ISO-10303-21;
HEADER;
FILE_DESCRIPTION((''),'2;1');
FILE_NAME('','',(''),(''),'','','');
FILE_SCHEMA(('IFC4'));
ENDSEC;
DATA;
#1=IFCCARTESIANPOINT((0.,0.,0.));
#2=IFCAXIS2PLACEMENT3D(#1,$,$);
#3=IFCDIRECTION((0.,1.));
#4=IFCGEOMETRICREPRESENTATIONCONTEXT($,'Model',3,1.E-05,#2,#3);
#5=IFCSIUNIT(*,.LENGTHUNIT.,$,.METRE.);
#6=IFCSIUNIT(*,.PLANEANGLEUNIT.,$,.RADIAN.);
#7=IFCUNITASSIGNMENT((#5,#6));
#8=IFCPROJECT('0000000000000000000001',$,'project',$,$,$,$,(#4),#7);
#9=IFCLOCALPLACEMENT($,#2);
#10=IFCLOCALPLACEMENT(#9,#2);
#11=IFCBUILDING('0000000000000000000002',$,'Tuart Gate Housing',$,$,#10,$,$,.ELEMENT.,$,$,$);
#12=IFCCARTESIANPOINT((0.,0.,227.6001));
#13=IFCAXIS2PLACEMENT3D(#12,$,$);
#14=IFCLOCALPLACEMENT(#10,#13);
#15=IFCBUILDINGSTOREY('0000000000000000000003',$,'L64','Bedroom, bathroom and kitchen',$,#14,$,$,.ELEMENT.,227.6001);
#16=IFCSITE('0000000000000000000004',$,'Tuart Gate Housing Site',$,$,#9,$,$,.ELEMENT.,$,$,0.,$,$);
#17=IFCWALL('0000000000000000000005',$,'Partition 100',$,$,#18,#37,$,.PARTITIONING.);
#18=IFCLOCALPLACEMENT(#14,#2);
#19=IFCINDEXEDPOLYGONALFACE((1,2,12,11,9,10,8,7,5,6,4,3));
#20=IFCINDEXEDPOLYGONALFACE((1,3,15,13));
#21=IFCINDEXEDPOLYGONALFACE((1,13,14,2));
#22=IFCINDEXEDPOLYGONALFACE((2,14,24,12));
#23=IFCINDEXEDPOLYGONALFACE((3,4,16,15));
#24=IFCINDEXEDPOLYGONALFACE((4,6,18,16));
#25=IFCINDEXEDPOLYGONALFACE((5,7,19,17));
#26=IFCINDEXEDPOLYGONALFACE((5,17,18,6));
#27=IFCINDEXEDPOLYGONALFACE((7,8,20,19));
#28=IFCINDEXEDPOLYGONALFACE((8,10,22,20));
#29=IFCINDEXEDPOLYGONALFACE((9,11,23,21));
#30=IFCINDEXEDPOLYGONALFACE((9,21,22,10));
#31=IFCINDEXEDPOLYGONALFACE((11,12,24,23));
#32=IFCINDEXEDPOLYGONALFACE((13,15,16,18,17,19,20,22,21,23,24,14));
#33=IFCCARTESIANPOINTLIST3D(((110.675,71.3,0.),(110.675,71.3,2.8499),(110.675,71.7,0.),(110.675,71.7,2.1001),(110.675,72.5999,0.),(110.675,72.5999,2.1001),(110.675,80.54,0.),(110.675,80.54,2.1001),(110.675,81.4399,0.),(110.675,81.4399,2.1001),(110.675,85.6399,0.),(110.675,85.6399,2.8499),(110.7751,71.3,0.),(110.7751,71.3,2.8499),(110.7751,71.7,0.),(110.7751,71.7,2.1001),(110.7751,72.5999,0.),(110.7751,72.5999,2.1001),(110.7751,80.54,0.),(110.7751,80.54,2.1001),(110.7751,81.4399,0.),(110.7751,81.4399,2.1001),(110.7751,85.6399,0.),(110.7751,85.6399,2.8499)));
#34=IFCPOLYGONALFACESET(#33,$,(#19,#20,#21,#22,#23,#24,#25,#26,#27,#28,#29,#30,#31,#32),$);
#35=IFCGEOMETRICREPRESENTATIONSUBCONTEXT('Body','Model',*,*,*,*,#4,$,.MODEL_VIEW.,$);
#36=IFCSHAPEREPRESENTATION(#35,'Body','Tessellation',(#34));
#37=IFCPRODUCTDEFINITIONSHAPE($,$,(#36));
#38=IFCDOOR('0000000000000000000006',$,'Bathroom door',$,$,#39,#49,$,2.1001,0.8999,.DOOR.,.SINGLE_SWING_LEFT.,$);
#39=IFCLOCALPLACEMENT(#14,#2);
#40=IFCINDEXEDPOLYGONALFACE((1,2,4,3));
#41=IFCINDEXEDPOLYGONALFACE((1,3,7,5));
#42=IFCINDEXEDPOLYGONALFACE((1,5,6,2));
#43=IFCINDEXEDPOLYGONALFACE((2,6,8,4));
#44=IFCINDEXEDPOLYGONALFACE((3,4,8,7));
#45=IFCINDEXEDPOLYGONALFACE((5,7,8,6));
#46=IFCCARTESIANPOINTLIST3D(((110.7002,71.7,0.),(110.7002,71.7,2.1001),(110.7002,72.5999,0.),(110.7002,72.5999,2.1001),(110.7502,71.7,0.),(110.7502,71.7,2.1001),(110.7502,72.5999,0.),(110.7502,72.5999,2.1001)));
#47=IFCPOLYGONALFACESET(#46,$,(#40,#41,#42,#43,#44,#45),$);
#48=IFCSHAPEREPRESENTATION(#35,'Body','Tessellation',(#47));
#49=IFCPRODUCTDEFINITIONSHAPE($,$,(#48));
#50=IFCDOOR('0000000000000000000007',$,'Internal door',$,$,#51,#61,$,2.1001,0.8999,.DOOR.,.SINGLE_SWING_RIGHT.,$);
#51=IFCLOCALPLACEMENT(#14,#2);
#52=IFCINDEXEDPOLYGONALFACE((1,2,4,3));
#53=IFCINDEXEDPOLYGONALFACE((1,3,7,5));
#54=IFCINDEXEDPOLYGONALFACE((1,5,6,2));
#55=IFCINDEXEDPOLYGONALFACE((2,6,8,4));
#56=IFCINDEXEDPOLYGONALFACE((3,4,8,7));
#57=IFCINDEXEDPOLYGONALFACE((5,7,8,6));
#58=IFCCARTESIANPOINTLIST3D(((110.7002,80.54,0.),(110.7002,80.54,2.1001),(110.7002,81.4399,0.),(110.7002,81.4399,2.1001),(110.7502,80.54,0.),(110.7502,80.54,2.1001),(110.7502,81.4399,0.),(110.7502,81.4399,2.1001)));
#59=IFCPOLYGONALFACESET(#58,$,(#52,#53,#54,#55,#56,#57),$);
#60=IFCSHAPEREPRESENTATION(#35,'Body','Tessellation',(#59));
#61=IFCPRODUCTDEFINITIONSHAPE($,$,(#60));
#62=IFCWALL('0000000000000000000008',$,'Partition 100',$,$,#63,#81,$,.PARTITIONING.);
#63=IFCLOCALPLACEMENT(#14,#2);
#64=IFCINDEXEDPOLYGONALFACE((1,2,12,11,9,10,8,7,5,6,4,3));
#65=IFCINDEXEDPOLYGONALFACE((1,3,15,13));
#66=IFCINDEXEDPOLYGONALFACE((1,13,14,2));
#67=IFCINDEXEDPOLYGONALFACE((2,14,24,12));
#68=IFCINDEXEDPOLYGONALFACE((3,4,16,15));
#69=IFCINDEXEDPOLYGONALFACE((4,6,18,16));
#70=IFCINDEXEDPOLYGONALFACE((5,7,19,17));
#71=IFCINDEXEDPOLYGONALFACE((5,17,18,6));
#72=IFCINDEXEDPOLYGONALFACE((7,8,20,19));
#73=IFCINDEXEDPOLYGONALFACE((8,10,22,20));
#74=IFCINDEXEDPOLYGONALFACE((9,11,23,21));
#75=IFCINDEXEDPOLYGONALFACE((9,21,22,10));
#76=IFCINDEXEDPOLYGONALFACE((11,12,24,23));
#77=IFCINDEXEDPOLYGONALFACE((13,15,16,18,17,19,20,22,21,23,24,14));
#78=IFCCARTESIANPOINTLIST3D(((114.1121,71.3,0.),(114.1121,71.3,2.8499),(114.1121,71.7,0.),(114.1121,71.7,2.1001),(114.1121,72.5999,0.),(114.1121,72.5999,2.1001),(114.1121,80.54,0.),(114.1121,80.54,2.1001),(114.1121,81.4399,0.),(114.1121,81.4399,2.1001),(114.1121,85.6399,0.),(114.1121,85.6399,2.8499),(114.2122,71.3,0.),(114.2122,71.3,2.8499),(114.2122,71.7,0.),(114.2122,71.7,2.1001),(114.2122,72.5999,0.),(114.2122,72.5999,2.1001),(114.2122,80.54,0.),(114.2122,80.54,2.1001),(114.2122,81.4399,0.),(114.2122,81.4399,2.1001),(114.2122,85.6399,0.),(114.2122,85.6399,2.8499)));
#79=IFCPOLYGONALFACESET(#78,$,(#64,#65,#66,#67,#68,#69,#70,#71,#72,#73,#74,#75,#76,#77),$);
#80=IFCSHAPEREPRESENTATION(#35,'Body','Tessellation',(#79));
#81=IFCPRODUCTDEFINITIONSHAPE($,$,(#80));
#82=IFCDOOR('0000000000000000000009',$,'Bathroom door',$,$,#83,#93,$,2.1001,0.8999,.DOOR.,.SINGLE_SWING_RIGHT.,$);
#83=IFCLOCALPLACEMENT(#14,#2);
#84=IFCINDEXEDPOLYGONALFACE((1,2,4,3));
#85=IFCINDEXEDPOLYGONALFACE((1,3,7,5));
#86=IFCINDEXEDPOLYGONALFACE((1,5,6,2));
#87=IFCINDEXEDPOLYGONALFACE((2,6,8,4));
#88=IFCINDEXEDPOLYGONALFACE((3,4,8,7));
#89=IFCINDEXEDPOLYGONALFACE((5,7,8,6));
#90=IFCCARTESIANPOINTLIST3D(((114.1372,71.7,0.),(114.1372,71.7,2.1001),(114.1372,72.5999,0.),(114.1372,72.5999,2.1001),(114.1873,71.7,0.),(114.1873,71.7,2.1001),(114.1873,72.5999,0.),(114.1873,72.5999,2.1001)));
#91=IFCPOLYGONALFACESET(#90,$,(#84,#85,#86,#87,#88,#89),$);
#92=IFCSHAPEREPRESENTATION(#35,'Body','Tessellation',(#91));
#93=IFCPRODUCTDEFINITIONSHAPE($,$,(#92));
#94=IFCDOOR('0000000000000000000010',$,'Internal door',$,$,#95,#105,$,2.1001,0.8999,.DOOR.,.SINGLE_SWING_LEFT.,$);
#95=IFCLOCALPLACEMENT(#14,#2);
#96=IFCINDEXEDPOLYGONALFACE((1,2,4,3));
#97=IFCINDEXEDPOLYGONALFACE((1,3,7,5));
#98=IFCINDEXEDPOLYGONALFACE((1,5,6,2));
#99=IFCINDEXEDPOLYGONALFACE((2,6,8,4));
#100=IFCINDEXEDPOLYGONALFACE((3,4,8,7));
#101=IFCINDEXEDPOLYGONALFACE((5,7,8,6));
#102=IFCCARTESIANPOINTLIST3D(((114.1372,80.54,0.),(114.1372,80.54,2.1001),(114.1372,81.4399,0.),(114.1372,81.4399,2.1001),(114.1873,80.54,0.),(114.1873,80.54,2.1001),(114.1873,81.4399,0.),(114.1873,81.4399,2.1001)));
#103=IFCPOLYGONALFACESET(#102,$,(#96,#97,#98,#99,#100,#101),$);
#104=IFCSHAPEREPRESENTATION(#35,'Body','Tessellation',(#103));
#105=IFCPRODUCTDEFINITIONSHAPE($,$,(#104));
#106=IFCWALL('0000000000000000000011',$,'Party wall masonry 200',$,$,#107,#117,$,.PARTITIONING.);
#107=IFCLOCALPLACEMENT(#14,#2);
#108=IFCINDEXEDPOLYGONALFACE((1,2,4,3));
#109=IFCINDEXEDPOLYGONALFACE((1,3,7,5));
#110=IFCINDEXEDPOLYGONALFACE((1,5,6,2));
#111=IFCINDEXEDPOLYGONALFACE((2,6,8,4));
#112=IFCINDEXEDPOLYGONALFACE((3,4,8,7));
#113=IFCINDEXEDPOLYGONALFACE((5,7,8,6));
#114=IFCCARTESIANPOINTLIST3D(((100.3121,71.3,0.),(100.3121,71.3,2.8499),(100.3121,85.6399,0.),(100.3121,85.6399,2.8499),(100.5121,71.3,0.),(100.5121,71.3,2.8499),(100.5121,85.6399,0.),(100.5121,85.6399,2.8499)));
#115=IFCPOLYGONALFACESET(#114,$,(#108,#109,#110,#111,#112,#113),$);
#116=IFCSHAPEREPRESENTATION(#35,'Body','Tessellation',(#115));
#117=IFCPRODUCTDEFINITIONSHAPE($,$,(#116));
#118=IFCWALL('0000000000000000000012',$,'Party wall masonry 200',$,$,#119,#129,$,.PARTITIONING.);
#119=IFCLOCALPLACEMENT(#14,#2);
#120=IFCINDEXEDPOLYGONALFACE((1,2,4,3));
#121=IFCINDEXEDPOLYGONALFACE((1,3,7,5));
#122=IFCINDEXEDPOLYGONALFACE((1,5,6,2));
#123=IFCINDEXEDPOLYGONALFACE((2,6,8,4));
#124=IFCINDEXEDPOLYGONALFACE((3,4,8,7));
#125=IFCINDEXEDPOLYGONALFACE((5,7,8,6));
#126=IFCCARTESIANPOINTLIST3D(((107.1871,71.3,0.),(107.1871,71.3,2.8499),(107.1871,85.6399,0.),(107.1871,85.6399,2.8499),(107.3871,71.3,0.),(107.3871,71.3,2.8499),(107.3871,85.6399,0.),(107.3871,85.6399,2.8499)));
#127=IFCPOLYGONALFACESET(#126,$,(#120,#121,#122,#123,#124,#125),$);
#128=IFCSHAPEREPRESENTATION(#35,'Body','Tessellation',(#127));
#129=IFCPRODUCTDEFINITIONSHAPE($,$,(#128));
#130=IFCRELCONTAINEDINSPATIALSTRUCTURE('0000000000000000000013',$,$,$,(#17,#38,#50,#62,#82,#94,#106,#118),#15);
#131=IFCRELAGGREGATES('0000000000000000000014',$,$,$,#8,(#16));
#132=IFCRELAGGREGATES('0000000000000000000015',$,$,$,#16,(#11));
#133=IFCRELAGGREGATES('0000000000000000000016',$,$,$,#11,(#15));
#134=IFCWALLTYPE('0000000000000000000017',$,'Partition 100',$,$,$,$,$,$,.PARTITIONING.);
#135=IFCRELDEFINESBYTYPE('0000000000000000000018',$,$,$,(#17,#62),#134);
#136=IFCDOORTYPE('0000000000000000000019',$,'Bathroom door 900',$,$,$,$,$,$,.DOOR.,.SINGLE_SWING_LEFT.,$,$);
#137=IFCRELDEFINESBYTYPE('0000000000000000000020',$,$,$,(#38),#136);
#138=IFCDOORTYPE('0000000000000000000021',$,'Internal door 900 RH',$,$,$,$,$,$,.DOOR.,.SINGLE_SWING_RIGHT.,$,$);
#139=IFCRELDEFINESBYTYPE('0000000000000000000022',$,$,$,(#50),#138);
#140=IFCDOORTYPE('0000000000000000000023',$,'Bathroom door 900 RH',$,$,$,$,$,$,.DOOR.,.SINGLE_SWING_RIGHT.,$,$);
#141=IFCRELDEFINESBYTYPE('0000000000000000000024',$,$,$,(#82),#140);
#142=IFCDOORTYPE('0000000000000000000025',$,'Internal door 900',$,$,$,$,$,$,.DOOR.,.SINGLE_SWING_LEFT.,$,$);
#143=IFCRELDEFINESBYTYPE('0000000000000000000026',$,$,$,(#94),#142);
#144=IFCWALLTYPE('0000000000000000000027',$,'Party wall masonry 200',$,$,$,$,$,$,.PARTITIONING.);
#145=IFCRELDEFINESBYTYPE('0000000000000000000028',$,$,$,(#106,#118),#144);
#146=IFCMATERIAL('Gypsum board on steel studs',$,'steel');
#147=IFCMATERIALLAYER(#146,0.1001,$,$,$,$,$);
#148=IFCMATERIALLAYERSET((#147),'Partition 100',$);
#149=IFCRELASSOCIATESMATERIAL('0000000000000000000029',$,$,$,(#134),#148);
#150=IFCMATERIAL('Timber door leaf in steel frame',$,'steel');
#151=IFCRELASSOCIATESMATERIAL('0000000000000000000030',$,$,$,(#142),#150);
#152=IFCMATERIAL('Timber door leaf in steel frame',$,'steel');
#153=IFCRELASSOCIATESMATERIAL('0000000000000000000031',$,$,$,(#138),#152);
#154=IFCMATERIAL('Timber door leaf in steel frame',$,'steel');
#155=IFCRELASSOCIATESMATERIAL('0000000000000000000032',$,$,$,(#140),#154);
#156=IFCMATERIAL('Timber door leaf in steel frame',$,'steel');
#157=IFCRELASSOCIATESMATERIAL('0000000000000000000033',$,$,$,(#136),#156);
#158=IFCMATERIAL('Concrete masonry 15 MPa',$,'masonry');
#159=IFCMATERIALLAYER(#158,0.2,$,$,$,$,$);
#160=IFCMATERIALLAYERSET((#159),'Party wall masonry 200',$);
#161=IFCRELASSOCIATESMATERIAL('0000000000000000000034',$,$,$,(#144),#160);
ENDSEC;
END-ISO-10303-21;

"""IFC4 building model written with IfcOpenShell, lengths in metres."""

from ifc_helpers import new_model, si_unit, direction, frame, frame_2d, origin, place, context, subcontext, project, spatial, rectangle, extrude, material, layer, layer_set, type_object, element, fill, save


model = new_model("IFC4")

# Units and contexts
model_context = context("Model", 3, precision=1e-05, world=origin(), true_north=direction((0.0, 1.0)))
body_context = subcontext(model_context, "Body", "Model", "MODEL_VIEW")
ifc_project = project(units=[si_unit("LENGTHUNIT", "METRE"), si_unit("PLANEANGLEUNIT", "RADIAN")], contexts=[model_context])

# Site, building, storey
site_placement = place(None, origin())
site = spatial("IfcSite", under=ifc_project, at=site_placement, Name="Tuart Gate Housing Site", CompositionType="ELEMENT", RefElevation=0.0)
building_placement = place(site_placement, origin())
building = spatial("IfcBuilding", under=site, at=building_placement, Name="Tuart Gate Housing", CompositionType="ELEMENT")
storey_placement = place(building_placement, frame((0.0, 0.0, 227.6001)))
storey = spatial("IfcBuildingStorey", under=building, at=storey_placement, Name="L64", Description="Bedroom, bathroom and kitchen", CompositionType="ELEMENT", Elevation=227.6001)

# Shared definitions
ifc_material_1 = material(Name="Gypsum board on steel studs", Category="steel")
ifc_layer_1 = layer(ifc_material_1, 0.1001)
ifc_layer_set_1 = layer_set([ifc_layer_1], Name="Partition 100")
wall_type_1 = type_object("IfcWallType", Name="Partition 100", PredefinedType="PARTITIONING", material=ifc_layer_set_1)

# Shared definitions
ifc_material_2 = material(Name="Timber door leaf in steel frame", Category="steel")
door_type_1 = type_object("IfcDoorType", Name="Internal door 900", OperationType="SINGLE_SWING_LEFT", PredefinedType="DOOR", material=ifc_material_2)
ifc_material_3 = material(Name="Timber door leaf in steel frame", Category="steel")
door_type_2 = type_object("IfcDoorType", Name="Internal door 900 RH", OperationType="SINGLE_SWING_RIGHT", PredefinedType="DOOR", material=ifc_material_3)

# Walls, openings, doors
ifc_material_4 = material(Name="Timber door leaf in steel frame", Category="steel")
door_type_3 = type_object("IfcDoorType", Name="Bathroom door 900 RH", OperationType="SINGLE_SWING_RIGHT", PredefinedType="DOOR", material=ifc_material_4)
wall_1_placement = place(storey_placement, frame((110.7251, 71.3, 0.0), z_axis=(0.0, 0.0, 1.0), x_axis=(0.0, 1.0, 0.0)))
wall_1 = element("IfcWall", 1, at=wall_1_placement, inside=storey, type_object=wall_type_1, Name="Partition 100", PredefinedType="PARTITIONING", context=body_context, shape_type="SweptSolid", body=[
    extrude(rectangle(XDim=14.3398, YDim=0.1001, at=frame_2d((7.1699, 0.0))), origin(), (0.0, 0.0, 1.0), 2.8499),
])
opening_1_placement = place(wall_1_placement, frame((9.24, 0.0, 0.0)))
opening_1 = element("IfcOpeningElement", 2, at=opening_1_placement, cuts=wall_1, PredefinedType="OPENING", context=body_context, shape_type="SweptSolid", body=[
    extrude(rectangle(XDim=0.8999, YDim=2.1001, at=frame_2d((0.45, 1.05))), frame((0.0, 0.0601, 0.0), z_axis=(0.0, -1.0, 0.0), x_axis=(1.0, 0.0, 0.0)), (0.0, 0.0, 1.0), 0.1201),
])
opening_2_placement = place(wall_1_placement, frame((0.3999, 0.0, 0.0)))
opening_2 = element("IfcOpeningElement", 3, at=opening_2_placement, cuts=wall_1, PredefinedType="OPENING", context=body_context, shape_type="SweptSolid", body=[
    extrude(rectangle(XDim=0.8999, YDim=2.1001, at=frame_2d((0.45, 1.05))), frame((0.0, 0.0601, 0.0), z_axis=(0.0, -1.0, 0.0), x_axis=(1.0, 0.0, 0.0)), (0.0, 0.0, 1.0), 0.1201),
])
ifc_material_5 = material(Name="Timber door leaf in steel frame", Category="steel")
door_type_4 = type_object("IfcDoorType", Name="Bathroom door 900", OperationType="SINGLE_SWING_LEFT", PredefinedType="DOOR", material=ifc_material_5)
door_1_placement = place(opening_2_placement, origin())
door_1 = element("IfcDoor", 4, at=door_1_placement, inside=storey, type_object=door_type_4, Name="Bathroom door", OperationType="SINGLE_SWING_LEFT", OverallHeight=2.1001, OverallWidth=0.8999, PredefinedType="DOOR", context=body_context, shape_type="SweptSolid", body=[
    extrude(rectangle(XDim=0.8999, YDim=2.1001, at=frame_2d((0.45, 1.05))), frame((0.0, 0.0249, 0.0), z_axis=(0.0, -1.0, 0.0), x_axis=(1.0, 0.0, 0.0)), (0.0, 0.0, 1.0), 0.05),
])
fill(opening_2, door_1)
door_2_placement = place(opening_1_placement, origin())
door_2 = element("IfcDoor", 5, at=door_2_placement, inside=storey, type_object=door_type_2, Name="Internal door", OperationType="SINGLE_SWING_RIGHT", OverallHeight=2.1001, OverallWidth=0.8999, PredefinedType="DOOR", context=body_context, shape_type="SweptSolid", body=[
    extrude(rectangle(XDim=0.8999, YDim=2.1001, at=frame_2d((0.45, 1.05))), frame((0.0, 0.0249, 0.0), z_axis=(0.0, -1.0, 0.0), x_axis=(1.0, 0.0, 0.0)), (0.0, 0.0, 1.0), 0.05),
])
fill(opening_1, door_2)
wall_2_placement = place(storey_placement, frame((114.1621, 71.3, 0.0), z_axis=(0.0, 0.0, 1.0), x_axis=(0.0, 1.0, 0.0)))
wall_2 = element("IfcWall", 6, at=wall_2_placement, inside=storey, type_object=wall_type_1, Name="Partition 100", PredefinedType="PARTITIONING", context=body_context, shape_type="SweptSolid", body=[
    extrude(rectangle(XDim=14.3398, YDim=0.1001, at=frame_2d((7.1699, 0.0))), origin(), (0.0, 0.0, 1.0), 2.8499),
])
opening_3_placement = place(wall_2_placement, frame((9.24, 0.0, 0.0)))
opening_3 = element("IfcOpeningElement", 7, at=opening_3_placement, cuts=wall_2, PredefinedType="OPENING", context=body_context, shape_type="SweptSolid", body=[
    extrude(rectangle(XDim=0.8999, YDim=2.1001, at=frame_2d((0.45, 1.05))), frame((0.0, 0.0601, 0.0), z_axis=(0.0, -1.0, 0.0), x_axis=(1.0, 0.0, 0.0)), (0.0, 0.0, 1.0), 0.1201),
])
opening_4_placement = place(wall_2_placement, frame((0.3999, 0.0, 0.0)))
opening_4 = element("IfcOpeningElement", 8, at=opening_4_placement, cuts=wall_2, PredefinedType="OPENING", context=body_context, shape_type="SweptSolid", body=[
    extrude(rectangle(XDim=0.8999, YDim=2.1001, at=frame_2d((0.45, 1.05))), frame((0.0, 0.0601, 0.0), z_axis=(0.0, -1.0, 0.0), x_axis=(1.0, 0.0, 0.0)), (0.0, 0.0, 1.0), 0.1201),
])
door_3_placement = place(opening_4_placement, frame((0.8999, 0.0, 0.0), z_axis=(0.0, 0.0, 1.0), x_axis=(-1.0, 0.0, 0.0)))
door_3 = element("IfcDoor", 9, at=door_3_placement, inside=storey, type_object=door_type_3, Name="Bathroom door", OperationType="SINGLE_SWING_RIGHT", OverallHeight=2.1001, OverallWidth=0.8999, PredefinedType="DOOR", context=body_context, shape_type="SweptSolid", body=[
    extrude(rectangle(XDim=0.8999, YDim=2.1001, at=frame_2d((0.45, 1.05))), frame((0.0, 0.0251, 0.0), z_axis=(0.0, -1.0, 0.0), x_axis=(1.0, 0.0, 0.0)), (0.0, 0.0, 1.0), 0.05),
])
fill(opening_4, door_3)
door_4_placement = place(opening_3_placement, frame((0.8999, 0.0, 0.0), z_axis=(0.0, 0.0, 1.0), x_axis=(-1.0, 0.0, 0.0)))
door_4 = element("IfcDoor", 10, at=door_4_placement, inside=storey, type_object=door_type_1, Name="Internal door", OperationType="SINGLE_SWING_LEFT", OverallHeight=2.1001, OverallWidth=0.8999, PredefinedType="DOOR", context=body_context, shape_type="SweptSolid", body=[
    extrude(rectangle(XDim=0.8999, YDim=2.1001, at=frame_2d((0.45, 1.05))), frame((0.0, 0.0251, 0.0), z_axis=(0.0, -1.0, 0.0), x_axis=(1.0, 0.0, 0.0)), (0.0, 0.0, 1.0), 0.05),
])
fill(opening_3, door_4)

# Walls
ifc_material_6 = material(Name="Concrete masonry 15 MPa", Category="masonry")
ifc_layer_2 = layer(ifc_material_6, 0.2)
ifc_layer_set_2 = layer_set([ifc_layer_2], Name="Party wall masonry 200")
wall_type_2 = type_object("IfcWallType", Name="Party wall masonry 200", PredefinedType="PARTITIONING", material=ifc_layer_set_2)
for number, where, z_axis, x_axis, name in (
    (11, (100.4121, 71.3, 0.0), (0.0, 0.0, 1.0), (0.0, 1.0, 0.0), "Party wall masonry 200"),
    (12, (107.2871, 71.3, 0.0), (0.0, 0.0, 1.0), (0.0, 1.0, 0.0), "Party wall masonry 200"),
):
    element("IfcWall", number, at=place(storey_placement, frame(where, z_axis=z_axis, x_axis=x_axis)), inside=storey, type_object=wall_type_2, Name=name, PredefinedType="PARTITIONING", context=body_context, shape_type="SweptSolid", body=[
        extrude(rectangle(XDim=14.3398, YDim=0.2, at=frame_2d((7.1699, 0.0))), origin(), (0.0, 0.0, 1.0), 2.8499),
    ])

save(model, "model.ifc")
